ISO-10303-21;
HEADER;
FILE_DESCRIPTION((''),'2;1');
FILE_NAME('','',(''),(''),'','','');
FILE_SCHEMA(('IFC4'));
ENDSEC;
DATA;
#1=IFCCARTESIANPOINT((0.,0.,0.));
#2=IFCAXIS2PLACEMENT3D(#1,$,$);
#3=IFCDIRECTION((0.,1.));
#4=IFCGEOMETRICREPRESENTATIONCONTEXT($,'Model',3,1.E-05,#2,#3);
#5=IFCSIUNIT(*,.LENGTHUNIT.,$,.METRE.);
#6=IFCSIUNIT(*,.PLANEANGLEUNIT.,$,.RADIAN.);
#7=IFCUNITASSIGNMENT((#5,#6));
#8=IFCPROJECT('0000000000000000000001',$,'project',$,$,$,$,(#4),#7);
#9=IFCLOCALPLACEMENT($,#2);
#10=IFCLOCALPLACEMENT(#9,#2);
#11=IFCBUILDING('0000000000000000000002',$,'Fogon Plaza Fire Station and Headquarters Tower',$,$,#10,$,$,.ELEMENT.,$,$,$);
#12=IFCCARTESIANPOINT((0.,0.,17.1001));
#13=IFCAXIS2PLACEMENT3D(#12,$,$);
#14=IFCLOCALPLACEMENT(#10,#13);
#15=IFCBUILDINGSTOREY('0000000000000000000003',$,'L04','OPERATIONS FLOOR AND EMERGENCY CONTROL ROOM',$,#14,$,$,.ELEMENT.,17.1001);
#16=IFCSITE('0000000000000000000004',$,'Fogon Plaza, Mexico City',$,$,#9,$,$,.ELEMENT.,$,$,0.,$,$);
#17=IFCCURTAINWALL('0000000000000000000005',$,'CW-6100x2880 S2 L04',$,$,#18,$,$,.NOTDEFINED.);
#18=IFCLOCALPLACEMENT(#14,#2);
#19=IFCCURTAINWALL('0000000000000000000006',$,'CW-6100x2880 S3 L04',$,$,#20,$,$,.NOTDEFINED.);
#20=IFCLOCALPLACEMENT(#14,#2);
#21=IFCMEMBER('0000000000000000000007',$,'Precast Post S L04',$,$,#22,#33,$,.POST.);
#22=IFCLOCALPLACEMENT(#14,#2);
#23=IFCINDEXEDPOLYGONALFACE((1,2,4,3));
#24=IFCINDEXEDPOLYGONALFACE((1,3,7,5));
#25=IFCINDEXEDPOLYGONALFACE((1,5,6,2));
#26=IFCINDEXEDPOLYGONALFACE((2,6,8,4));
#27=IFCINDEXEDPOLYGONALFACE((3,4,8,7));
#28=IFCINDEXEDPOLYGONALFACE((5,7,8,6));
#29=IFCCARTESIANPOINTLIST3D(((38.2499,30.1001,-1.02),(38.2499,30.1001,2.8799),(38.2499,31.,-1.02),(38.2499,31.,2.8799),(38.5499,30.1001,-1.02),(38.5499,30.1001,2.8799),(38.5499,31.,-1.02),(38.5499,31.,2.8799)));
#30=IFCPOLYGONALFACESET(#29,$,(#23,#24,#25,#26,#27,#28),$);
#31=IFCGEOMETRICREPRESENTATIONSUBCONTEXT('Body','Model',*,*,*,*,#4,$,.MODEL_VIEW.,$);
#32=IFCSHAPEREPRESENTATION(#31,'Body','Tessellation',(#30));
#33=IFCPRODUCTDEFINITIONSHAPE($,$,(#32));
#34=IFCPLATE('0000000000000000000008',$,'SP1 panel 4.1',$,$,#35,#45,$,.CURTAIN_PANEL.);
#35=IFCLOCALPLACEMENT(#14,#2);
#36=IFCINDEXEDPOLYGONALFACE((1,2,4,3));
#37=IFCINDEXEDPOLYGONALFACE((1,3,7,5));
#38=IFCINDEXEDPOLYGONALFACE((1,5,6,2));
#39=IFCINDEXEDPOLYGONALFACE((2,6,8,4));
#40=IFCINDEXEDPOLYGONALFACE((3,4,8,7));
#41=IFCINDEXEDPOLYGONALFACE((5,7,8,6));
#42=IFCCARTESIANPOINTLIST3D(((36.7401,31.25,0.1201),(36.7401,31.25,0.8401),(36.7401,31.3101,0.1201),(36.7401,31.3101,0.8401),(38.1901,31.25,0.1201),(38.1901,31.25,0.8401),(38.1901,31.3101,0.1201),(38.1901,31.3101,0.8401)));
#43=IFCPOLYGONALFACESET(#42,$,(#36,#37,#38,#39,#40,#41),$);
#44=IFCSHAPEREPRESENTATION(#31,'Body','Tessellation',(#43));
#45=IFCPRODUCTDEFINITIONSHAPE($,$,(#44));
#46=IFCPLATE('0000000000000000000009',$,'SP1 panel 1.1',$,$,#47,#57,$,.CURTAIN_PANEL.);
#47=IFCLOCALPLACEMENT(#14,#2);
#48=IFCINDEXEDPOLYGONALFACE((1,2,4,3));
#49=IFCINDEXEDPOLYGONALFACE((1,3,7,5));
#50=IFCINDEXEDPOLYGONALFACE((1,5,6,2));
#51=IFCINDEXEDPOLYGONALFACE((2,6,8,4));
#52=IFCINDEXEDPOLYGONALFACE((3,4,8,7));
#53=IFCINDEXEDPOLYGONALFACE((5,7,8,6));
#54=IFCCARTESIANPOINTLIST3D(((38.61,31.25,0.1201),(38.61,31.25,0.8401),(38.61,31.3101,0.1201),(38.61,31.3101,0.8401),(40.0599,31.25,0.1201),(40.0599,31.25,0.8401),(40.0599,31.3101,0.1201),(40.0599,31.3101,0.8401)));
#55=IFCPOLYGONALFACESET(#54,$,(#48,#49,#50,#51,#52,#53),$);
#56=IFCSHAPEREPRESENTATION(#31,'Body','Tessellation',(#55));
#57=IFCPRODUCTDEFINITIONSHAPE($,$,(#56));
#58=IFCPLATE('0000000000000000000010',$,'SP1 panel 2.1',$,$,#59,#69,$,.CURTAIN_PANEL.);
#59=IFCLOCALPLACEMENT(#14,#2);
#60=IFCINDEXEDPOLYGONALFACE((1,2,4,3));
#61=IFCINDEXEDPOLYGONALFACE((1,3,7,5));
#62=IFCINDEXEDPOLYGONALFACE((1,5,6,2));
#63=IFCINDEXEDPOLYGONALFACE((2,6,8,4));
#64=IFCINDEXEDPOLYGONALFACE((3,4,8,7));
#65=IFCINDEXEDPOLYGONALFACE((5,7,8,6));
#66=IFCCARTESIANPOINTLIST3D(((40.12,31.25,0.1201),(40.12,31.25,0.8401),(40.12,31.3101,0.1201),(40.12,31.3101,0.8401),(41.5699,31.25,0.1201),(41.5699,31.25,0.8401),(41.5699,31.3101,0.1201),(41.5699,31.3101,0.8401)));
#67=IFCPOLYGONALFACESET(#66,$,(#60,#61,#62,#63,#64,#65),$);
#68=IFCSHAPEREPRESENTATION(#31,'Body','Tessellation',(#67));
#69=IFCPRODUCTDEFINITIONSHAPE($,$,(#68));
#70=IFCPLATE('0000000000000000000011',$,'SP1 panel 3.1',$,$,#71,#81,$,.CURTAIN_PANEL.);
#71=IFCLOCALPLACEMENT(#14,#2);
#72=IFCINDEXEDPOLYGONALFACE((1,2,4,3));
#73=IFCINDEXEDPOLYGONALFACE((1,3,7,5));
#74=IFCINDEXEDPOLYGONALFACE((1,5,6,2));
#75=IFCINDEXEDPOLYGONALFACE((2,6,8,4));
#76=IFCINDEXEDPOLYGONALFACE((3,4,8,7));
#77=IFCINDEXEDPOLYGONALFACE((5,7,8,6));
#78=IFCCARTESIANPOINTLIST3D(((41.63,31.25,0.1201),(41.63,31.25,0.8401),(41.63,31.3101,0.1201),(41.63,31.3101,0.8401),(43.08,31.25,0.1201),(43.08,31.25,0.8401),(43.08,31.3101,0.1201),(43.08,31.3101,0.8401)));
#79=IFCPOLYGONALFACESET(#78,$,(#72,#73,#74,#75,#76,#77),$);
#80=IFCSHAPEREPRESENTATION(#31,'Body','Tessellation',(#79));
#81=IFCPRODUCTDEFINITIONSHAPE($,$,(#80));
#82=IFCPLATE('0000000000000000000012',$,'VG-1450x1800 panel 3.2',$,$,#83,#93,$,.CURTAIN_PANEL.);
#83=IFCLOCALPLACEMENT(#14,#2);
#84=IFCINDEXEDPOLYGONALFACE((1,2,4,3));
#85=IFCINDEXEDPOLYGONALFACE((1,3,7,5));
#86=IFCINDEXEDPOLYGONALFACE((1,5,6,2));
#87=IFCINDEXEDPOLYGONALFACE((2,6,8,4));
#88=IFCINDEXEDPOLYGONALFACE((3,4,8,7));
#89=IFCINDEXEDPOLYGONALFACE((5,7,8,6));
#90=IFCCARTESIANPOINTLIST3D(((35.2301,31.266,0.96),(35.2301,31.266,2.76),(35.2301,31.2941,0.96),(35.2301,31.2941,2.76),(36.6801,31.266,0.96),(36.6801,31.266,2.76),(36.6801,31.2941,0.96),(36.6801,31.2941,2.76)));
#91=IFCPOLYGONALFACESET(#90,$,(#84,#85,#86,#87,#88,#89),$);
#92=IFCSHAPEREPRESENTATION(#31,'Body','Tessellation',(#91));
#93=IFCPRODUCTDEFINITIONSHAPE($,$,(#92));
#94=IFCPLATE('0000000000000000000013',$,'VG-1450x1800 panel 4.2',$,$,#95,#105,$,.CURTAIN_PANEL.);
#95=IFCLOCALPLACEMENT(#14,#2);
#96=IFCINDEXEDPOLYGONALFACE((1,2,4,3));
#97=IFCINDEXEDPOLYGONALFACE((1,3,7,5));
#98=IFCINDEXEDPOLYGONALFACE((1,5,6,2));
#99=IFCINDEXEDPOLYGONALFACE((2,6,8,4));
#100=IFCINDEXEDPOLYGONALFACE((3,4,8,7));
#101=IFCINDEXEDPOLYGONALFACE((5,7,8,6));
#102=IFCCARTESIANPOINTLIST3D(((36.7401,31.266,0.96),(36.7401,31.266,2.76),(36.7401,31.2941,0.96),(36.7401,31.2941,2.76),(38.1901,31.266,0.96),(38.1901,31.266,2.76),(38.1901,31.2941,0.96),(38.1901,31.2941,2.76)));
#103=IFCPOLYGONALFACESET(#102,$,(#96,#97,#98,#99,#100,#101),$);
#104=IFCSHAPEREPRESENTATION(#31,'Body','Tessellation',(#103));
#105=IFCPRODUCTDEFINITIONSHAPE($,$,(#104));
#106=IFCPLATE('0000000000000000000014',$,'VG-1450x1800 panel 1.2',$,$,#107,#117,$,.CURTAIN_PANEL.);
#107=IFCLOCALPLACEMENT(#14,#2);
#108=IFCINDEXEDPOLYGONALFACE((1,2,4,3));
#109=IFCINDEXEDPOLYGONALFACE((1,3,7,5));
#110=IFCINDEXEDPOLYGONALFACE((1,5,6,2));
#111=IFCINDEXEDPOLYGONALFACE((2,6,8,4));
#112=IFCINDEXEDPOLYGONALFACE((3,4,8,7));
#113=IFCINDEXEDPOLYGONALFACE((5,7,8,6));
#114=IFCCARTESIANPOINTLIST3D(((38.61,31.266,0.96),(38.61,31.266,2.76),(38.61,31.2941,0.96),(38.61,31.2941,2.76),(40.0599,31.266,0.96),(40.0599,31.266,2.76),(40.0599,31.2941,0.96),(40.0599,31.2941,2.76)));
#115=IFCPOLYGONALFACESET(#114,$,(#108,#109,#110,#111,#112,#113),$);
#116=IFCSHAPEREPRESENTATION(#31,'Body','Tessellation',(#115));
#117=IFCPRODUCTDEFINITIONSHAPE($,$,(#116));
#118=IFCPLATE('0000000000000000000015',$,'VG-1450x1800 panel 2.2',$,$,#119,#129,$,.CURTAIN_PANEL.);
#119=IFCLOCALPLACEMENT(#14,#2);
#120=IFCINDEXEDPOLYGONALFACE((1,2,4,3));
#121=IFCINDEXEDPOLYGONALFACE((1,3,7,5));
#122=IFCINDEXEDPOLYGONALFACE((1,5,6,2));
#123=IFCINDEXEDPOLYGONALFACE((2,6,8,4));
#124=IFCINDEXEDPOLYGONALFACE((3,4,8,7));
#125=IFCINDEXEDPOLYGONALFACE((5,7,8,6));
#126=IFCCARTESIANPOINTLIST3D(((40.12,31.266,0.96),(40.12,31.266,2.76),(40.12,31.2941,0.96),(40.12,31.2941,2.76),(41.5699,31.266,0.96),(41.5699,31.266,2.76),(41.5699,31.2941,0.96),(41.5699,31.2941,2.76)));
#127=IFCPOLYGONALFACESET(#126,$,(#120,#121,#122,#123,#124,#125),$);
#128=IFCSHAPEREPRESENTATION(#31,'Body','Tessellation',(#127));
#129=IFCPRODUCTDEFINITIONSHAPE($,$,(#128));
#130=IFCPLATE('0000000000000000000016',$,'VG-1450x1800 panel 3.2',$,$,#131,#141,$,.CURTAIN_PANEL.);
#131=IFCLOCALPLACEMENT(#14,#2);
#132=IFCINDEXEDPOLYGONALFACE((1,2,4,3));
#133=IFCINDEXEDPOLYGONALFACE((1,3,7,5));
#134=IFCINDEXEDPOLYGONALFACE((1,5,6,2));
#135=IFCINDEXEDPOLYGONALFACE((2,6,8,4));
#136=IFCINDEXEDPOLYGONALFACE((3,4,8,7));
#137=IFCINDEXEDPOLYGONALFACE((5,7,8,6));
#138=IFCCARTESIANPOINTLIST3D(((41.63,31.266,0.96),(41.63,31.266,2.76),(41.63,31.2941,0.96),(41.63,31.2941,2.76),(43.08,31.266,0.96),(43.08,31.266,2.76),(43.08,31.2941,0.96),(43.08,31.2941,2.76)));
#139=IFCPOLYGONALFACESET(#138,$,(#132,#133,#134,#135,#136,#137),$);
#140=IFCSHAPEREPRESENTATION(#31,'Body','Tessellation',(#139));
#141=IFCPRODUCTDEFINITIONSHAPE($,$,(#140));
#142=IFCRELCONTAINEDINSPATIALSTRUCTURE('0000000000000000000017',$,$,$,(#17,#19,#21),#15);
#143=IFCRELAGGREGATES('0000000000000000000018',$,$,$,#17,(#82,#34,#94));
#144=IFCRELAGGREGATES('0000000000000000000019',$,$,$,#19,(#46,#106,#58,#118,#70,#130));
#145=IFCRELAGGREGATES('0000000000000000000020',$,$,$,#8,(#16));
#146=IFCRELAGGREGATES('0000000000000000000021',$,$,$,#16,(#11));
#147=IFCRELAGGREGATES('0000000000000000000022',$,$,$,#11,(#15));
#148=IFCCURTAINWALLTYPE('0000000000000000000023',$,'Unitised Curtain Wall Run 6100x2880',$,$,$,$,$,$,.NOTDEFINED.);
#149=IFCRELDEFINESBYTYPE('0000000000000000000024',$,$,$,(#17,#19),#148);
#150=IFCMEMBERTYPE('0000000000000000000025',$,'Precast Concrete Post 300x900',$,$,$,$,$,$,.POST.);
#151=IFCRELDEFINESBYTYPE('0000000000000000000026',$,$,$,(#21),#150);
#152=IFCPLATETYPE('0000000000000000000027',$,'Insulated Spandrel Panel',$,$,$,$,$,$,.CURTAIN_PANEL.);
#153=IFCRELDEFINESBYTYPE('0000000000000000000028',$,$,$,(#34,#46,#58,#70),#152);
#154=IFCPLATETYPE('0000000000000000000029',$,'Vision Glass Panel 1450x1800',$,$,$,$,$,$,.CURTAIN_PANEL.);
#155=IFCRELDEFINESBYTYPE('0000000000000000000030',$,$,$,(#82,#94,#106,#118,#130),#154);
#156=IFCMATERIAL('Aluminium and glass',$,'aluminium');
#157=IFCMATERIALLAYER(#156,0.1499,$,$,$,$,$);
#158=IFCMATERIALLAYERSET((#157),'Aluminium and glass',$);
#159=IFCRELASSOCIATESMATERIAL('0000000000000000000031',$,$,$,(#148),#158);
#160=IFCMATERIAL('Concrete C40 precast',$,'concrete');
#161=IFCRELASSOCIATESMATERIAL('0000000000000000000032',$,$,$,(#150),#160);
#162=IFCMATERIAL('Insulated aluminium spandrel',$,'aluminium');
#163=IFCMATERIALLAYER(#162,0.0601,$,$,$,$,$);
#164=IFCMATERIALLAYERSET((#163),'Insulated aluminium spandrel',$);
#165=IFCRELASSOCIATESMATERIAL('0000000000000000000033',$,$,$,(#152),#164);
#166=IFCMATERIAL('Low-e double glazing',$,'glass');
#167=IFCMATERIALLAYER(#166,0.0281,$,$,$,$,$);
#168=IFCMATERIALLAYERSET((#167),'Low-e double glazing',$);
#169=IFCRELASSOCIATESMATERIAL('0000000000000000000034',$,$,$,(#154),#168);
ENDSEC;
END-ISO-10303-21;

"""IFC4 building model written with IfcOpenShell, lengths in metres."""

from ifc_helpers import new_model, si_unit, direction, frame, origin, origin_2d, place, context, subcontext, project, spatial, rectangle, extrude, material, layer, layer_set, material_profile, profile_set, type_object, element, aggregate, save


model = new_model("IFC4")

# Units and contexts
model_context = context("Model", 3, precision=1e-05, world=origin(), true_north=direction((0.0, 1.0)))
body_context = subcontext(model_context, "Body", "Model", "MODEL_VIEW")
ifc_project = project(units=[si_unit("LENGTHUNIT", "METRE"), si_unit("PLANEANGLEUNIT", "RADIAN")], contexts=[model_context])

# Site, building, storey
site_placement = place(None, origin())
site = spatial("IfcSite", under=ifc_project, at=site_placement, Name="Fogon Plaza, Mexico City", CompositionType="ELEMENT", RefElevation=0.0)
building_placement = place(site_placement, origin())
building = spatial("IfcBuilding", under=site, at=building_placement, Name="Fogon Plaza Fire Station and Headquarters Tower", CompositionType="ELEMENT")
storey_placement = place(building_placement, frame((0.0, 0.0, 17.1001)))
storey = spatial("IfcBuildingStorey", under=building, at=storey_placement, Name="L04", Description="OPERATIONS FLOOR AND EMERGENCY CONTROL ROOM", CompositionType="ELEMENT", Elevation=17.1001)

# Curtain walls
ifc_material_1 = material(Name="Aluminium and glass", Category="aluminium")
ifc_layer_1 = layer(ifc_material_1, 0.1499)
ifc_layer_set_1 = layer_set([ifc_layer_1], Name="Aluminium and glass")
curtain_wall_type = type_object("IfcCurtainWallType", Name="Unitised Curtain Wall Run 6100x2880", PredefinedType="NOTDEFINED", material=ifc_layer_set_1)
curtain_wall_1_placement = place(storey_placement, origin())
curtain_wall_1 = element("IfcCurtainWall", 1, at=curtain_wall_1_placement, inside=storey, type_object=curtain_wall_type, Name="CW-6100x2880 S2 L04", PredefinedType="NOTDEFINED")
curtain_wall_2_placement = place(storey_placement, origin())
curtain_wall_2 = element("IfcCurtainWall", 2, at=curtain_wall_2_placement, inside=storey, type_object=curtain_wall_type, Name="CW-6100x2880 S3 L04", PredefinedType="NOTDEFINED")

# Member
ifc_material_2 = material(Name="Concrete C40 precast", Category="concrete")
ifc_material_profile_1 = material_profile(ifc_material_2, rectangle(XDim=0.3, YDim=0.8999, at=origin_2d()), Name="Precast Concrete Post 300x900")
ifc_profile_set_1 = profile_set([ifc_material_profile_1], Name="Concrete C40 precast")
member_type_1 = type_object("IfcMemberType", Name="Precast Concrete Post 300x900", PredefinedType="POST", material=ifc_profile_set_1)
member_1_placement = place(storey_placement, frame((38.3999, 30.55, -1.02), z_axis=(0.0, 0.0, 1.0), x_axis=(1.0, 0.0, 0.0)))
element("IfcMember", 3, at=member_1_placement, inside=storey, type_object=member_type_1, Name="Precast Post S L04", PredefinedType="POST", context=body_context, shape_type="SweptSolid", body=[
    extrude(rectangle(XDim=0.3, YDim=0.8999, at=origin_2d()), origin(), (0.0, 0.0, 1.0), 3.8999),
])

# Plates
ifc_material_3 = material(Name="Insulated aluminium spandrel", Category="aluminium")
ifc_layer_2 = layer(ifc_material_3, 0.0601)
ifc_layer_set_2 = layer_set([ifc_layer_2], Name="Insulated aluminium spandrel")
plate_type_1 = type_object("IfcPlateType", Name="Insulated Spandrel Panel", PredefinedType="CURTAIN_PANEL", material=ifc_layer_set_2)
plate_1_placement = place(storey_placement, frame((37.4651, 31.28, 0.1201), z_axis=(0.0, 0.0, 1.0), x_axis=(1.0, 0.0, 0.0)))
plate_1 = element("IfcPlate", 4, at=plate_1_placement, type_object=plate_type_1, Name="SP1 panel 4.1", PredefinedType="CURTAIN_PANEL", context=body_context, shape_type="SweptSolid", body=[
    extrude(rectangle(XDim=1.45, YDim=0.0601, at=origin_2d()), origin(), (0.0, 0.0, 1.0), 0.72),
])
plate_2_placement = place(storey_placement, frame((39.335, 31.28, 0.1201), z_axis=(0.0, 0.0, 1.0), x_axis=(1.0, 0.0, 0.0)))
plate_2 = element("IfcPlate", 5, at=plate_2_placement, type_object=plate_type_1, Name="SP1 panel 1.1", PredefinedType="CURTAIN_PANEL", context=body_context, shape_type="SweptSolid", body=[
    extrude(rectangle(XDim=1.45, YDim=0.0601, at=origin_2d()), origin(), (0.0, 0.0, 1.0), 0.72),
])
plate_3_placement = place(storey_placement, frame((40.845, 31.28, 0.1201), z_axis=(0.0, 0.0, 1.0), x_axis=(1.0, 0.0, 0.0)))
plate_3 = element("IfcPlate", 6, at=plate_3_placement, type_object=plate_type_1, Name="SP1 panel 2.1", PredefinedType="CURTAIN_PANEL", context=body_context, shape_type="SweptSolid", body=[
    extrude(rectangle(XDim=1.45, YDim=0.0601, at=origin_2d()), origin(), (0.0, 0.0, 1.0), 0.72),
])
plate_4_placement = place(storey_placement, frame((42.355, 31.28, 0.1201), z_axis=(0.0, 0.0, 1.0), x_axis=(1.0, 0.0, 0.0)))
plate_4 = element("IfcPlate", 7, at=plate_4_placement, type_object=plate_type_1, Name="SP1 panel 3.1", PredefinedType="CURTAIN_PANEL", context=body_context, shape_type="SweptSolid", body=[
    extrude(rectangle(XDim=1.45, YDim=0.0601, at=origin_2d()), origin(), (0.0, 0.0, 1.0), 0.72),
])
ifc_material_4 = material(Name="Low-e double glazing", Category="glass")
ifc_layer_3 = layer(ifc_material_4, 0.0281)
ifc_layer_set_3 = layer_set([ifc_layer_3], Name="Low-e double glazing")
plate_type_2 = type_object("IfcPlateType", Name="Vision Glass Panel 1450x1800", PredefinedType="CURTAIN_PANEL", material=ifc_layer_set_3)
plate_5_placement = place(storey_placement, frame((35.9551, 31.28, 0.96), z_axis=(0.0, 0.0, 1.0), x_axis=(1.0, 0.0, 0.0)))
plate_5 = element("IfcPlate", 8, at=plate_5_placement, type_object=plate_type_2, Name="VG-1450x1800 panel 3.2", PredefinedType="CURTAIN_PANEL", context=body_context, shape_type="SweptSolid", body=[
    extrude(rectangle(XDim=1.45, YDim=0.0281, at=origin_2d()), origin(), (0.0, 0.0, 1.0), 1.8),
])
plate_6_placement = place(storey_placement, frame((37.4651, 31.28, 0.96), z_axis=(0.0, 0.0, 1.0), x_axis=(1.0, 0.0, 0.0)))
plate_6 = element("IfcPlate", 9, at=plate_6_placement, type_object=plate_type_2, Name="VG-1450x1800 panel 4.2", PredefinedType="CURTAIN_PANEL", context=body_context, shape_type="SweptSolid", body=[
    extrude(rectangle(XDim=1.45, YDim=0.0281, at=origin_2d()), origin(), (0.0, 0.0, 1.0), 1.8),
])
aggregate(curtain_wall_1, [plate_5, plate_1, plate_6])
plate_7_placement = place(storey_placement, frame((39.335, 31.28, 0.96), z_axis=(0.0, 0.0, 1.0), x_axis=(1.0, 0.0, 0.0)))
plate_7 = element("IfcPlate", 10, at=plate_7_placement, type_object=plate_type_2, Name="VG-1450x1800 panel 1.2", PredefinedType="CURTAIN_PANEL", context=body_context, shape_type="SweptSolid", body=[
    extrude(rectangle(XDim=1.45, YDim=0.0281, at=origin_2d()), origin(), (0.0, 0.0, 1.0), 1.8),
])
plate_8_placement = place(storey_placement, frame((40.845, 31.28, 0.96), z_axis=(0.0, 0.0, 1.0), x_axis=(1.0, 0.0, 0.0)))
plate_8 = element("IfcPlate", 11, at=plate_8_placement, type_object=plate_type_2, Name="VG-1450x1800 panel 2.2", PredefinedType="CURTAIN_PANEL", context=body_context, shape_type="SweptSolid", body=[
    extrude(rectangle(XDim=1.45, YDim=0.0281, at=origin_2d()), origin(), (0.0, 0.0, 1.0), 1.8),
])
plate_9_placement = place(storey_placement, frame((42.355, 31.28, 0.96), z_axis=(0.0, 0.0, 1.0), x_axis=(1.0, 0.0, 0.0)))
plate_9 = element("IfcPlate", 12, at=plate_9_placement, type_object=plate_type_2, Name="VG-1450x1800 panel 3.2", PredefinedType="CURTAIN_PANEL", context=body_context, shape_type="SweptSolid", body=[
    extrude(rectangle(XDim=1.45, YDim=0.0281, at=origin_2d()), origin(), (0.0, 0.0, 1.0), 1.8),
])
aggregate(curtain_wall_2, [plate_2, plate_7, plate_3, plate_8, plate_4, plate_9])

save(model, "model.ifc")
